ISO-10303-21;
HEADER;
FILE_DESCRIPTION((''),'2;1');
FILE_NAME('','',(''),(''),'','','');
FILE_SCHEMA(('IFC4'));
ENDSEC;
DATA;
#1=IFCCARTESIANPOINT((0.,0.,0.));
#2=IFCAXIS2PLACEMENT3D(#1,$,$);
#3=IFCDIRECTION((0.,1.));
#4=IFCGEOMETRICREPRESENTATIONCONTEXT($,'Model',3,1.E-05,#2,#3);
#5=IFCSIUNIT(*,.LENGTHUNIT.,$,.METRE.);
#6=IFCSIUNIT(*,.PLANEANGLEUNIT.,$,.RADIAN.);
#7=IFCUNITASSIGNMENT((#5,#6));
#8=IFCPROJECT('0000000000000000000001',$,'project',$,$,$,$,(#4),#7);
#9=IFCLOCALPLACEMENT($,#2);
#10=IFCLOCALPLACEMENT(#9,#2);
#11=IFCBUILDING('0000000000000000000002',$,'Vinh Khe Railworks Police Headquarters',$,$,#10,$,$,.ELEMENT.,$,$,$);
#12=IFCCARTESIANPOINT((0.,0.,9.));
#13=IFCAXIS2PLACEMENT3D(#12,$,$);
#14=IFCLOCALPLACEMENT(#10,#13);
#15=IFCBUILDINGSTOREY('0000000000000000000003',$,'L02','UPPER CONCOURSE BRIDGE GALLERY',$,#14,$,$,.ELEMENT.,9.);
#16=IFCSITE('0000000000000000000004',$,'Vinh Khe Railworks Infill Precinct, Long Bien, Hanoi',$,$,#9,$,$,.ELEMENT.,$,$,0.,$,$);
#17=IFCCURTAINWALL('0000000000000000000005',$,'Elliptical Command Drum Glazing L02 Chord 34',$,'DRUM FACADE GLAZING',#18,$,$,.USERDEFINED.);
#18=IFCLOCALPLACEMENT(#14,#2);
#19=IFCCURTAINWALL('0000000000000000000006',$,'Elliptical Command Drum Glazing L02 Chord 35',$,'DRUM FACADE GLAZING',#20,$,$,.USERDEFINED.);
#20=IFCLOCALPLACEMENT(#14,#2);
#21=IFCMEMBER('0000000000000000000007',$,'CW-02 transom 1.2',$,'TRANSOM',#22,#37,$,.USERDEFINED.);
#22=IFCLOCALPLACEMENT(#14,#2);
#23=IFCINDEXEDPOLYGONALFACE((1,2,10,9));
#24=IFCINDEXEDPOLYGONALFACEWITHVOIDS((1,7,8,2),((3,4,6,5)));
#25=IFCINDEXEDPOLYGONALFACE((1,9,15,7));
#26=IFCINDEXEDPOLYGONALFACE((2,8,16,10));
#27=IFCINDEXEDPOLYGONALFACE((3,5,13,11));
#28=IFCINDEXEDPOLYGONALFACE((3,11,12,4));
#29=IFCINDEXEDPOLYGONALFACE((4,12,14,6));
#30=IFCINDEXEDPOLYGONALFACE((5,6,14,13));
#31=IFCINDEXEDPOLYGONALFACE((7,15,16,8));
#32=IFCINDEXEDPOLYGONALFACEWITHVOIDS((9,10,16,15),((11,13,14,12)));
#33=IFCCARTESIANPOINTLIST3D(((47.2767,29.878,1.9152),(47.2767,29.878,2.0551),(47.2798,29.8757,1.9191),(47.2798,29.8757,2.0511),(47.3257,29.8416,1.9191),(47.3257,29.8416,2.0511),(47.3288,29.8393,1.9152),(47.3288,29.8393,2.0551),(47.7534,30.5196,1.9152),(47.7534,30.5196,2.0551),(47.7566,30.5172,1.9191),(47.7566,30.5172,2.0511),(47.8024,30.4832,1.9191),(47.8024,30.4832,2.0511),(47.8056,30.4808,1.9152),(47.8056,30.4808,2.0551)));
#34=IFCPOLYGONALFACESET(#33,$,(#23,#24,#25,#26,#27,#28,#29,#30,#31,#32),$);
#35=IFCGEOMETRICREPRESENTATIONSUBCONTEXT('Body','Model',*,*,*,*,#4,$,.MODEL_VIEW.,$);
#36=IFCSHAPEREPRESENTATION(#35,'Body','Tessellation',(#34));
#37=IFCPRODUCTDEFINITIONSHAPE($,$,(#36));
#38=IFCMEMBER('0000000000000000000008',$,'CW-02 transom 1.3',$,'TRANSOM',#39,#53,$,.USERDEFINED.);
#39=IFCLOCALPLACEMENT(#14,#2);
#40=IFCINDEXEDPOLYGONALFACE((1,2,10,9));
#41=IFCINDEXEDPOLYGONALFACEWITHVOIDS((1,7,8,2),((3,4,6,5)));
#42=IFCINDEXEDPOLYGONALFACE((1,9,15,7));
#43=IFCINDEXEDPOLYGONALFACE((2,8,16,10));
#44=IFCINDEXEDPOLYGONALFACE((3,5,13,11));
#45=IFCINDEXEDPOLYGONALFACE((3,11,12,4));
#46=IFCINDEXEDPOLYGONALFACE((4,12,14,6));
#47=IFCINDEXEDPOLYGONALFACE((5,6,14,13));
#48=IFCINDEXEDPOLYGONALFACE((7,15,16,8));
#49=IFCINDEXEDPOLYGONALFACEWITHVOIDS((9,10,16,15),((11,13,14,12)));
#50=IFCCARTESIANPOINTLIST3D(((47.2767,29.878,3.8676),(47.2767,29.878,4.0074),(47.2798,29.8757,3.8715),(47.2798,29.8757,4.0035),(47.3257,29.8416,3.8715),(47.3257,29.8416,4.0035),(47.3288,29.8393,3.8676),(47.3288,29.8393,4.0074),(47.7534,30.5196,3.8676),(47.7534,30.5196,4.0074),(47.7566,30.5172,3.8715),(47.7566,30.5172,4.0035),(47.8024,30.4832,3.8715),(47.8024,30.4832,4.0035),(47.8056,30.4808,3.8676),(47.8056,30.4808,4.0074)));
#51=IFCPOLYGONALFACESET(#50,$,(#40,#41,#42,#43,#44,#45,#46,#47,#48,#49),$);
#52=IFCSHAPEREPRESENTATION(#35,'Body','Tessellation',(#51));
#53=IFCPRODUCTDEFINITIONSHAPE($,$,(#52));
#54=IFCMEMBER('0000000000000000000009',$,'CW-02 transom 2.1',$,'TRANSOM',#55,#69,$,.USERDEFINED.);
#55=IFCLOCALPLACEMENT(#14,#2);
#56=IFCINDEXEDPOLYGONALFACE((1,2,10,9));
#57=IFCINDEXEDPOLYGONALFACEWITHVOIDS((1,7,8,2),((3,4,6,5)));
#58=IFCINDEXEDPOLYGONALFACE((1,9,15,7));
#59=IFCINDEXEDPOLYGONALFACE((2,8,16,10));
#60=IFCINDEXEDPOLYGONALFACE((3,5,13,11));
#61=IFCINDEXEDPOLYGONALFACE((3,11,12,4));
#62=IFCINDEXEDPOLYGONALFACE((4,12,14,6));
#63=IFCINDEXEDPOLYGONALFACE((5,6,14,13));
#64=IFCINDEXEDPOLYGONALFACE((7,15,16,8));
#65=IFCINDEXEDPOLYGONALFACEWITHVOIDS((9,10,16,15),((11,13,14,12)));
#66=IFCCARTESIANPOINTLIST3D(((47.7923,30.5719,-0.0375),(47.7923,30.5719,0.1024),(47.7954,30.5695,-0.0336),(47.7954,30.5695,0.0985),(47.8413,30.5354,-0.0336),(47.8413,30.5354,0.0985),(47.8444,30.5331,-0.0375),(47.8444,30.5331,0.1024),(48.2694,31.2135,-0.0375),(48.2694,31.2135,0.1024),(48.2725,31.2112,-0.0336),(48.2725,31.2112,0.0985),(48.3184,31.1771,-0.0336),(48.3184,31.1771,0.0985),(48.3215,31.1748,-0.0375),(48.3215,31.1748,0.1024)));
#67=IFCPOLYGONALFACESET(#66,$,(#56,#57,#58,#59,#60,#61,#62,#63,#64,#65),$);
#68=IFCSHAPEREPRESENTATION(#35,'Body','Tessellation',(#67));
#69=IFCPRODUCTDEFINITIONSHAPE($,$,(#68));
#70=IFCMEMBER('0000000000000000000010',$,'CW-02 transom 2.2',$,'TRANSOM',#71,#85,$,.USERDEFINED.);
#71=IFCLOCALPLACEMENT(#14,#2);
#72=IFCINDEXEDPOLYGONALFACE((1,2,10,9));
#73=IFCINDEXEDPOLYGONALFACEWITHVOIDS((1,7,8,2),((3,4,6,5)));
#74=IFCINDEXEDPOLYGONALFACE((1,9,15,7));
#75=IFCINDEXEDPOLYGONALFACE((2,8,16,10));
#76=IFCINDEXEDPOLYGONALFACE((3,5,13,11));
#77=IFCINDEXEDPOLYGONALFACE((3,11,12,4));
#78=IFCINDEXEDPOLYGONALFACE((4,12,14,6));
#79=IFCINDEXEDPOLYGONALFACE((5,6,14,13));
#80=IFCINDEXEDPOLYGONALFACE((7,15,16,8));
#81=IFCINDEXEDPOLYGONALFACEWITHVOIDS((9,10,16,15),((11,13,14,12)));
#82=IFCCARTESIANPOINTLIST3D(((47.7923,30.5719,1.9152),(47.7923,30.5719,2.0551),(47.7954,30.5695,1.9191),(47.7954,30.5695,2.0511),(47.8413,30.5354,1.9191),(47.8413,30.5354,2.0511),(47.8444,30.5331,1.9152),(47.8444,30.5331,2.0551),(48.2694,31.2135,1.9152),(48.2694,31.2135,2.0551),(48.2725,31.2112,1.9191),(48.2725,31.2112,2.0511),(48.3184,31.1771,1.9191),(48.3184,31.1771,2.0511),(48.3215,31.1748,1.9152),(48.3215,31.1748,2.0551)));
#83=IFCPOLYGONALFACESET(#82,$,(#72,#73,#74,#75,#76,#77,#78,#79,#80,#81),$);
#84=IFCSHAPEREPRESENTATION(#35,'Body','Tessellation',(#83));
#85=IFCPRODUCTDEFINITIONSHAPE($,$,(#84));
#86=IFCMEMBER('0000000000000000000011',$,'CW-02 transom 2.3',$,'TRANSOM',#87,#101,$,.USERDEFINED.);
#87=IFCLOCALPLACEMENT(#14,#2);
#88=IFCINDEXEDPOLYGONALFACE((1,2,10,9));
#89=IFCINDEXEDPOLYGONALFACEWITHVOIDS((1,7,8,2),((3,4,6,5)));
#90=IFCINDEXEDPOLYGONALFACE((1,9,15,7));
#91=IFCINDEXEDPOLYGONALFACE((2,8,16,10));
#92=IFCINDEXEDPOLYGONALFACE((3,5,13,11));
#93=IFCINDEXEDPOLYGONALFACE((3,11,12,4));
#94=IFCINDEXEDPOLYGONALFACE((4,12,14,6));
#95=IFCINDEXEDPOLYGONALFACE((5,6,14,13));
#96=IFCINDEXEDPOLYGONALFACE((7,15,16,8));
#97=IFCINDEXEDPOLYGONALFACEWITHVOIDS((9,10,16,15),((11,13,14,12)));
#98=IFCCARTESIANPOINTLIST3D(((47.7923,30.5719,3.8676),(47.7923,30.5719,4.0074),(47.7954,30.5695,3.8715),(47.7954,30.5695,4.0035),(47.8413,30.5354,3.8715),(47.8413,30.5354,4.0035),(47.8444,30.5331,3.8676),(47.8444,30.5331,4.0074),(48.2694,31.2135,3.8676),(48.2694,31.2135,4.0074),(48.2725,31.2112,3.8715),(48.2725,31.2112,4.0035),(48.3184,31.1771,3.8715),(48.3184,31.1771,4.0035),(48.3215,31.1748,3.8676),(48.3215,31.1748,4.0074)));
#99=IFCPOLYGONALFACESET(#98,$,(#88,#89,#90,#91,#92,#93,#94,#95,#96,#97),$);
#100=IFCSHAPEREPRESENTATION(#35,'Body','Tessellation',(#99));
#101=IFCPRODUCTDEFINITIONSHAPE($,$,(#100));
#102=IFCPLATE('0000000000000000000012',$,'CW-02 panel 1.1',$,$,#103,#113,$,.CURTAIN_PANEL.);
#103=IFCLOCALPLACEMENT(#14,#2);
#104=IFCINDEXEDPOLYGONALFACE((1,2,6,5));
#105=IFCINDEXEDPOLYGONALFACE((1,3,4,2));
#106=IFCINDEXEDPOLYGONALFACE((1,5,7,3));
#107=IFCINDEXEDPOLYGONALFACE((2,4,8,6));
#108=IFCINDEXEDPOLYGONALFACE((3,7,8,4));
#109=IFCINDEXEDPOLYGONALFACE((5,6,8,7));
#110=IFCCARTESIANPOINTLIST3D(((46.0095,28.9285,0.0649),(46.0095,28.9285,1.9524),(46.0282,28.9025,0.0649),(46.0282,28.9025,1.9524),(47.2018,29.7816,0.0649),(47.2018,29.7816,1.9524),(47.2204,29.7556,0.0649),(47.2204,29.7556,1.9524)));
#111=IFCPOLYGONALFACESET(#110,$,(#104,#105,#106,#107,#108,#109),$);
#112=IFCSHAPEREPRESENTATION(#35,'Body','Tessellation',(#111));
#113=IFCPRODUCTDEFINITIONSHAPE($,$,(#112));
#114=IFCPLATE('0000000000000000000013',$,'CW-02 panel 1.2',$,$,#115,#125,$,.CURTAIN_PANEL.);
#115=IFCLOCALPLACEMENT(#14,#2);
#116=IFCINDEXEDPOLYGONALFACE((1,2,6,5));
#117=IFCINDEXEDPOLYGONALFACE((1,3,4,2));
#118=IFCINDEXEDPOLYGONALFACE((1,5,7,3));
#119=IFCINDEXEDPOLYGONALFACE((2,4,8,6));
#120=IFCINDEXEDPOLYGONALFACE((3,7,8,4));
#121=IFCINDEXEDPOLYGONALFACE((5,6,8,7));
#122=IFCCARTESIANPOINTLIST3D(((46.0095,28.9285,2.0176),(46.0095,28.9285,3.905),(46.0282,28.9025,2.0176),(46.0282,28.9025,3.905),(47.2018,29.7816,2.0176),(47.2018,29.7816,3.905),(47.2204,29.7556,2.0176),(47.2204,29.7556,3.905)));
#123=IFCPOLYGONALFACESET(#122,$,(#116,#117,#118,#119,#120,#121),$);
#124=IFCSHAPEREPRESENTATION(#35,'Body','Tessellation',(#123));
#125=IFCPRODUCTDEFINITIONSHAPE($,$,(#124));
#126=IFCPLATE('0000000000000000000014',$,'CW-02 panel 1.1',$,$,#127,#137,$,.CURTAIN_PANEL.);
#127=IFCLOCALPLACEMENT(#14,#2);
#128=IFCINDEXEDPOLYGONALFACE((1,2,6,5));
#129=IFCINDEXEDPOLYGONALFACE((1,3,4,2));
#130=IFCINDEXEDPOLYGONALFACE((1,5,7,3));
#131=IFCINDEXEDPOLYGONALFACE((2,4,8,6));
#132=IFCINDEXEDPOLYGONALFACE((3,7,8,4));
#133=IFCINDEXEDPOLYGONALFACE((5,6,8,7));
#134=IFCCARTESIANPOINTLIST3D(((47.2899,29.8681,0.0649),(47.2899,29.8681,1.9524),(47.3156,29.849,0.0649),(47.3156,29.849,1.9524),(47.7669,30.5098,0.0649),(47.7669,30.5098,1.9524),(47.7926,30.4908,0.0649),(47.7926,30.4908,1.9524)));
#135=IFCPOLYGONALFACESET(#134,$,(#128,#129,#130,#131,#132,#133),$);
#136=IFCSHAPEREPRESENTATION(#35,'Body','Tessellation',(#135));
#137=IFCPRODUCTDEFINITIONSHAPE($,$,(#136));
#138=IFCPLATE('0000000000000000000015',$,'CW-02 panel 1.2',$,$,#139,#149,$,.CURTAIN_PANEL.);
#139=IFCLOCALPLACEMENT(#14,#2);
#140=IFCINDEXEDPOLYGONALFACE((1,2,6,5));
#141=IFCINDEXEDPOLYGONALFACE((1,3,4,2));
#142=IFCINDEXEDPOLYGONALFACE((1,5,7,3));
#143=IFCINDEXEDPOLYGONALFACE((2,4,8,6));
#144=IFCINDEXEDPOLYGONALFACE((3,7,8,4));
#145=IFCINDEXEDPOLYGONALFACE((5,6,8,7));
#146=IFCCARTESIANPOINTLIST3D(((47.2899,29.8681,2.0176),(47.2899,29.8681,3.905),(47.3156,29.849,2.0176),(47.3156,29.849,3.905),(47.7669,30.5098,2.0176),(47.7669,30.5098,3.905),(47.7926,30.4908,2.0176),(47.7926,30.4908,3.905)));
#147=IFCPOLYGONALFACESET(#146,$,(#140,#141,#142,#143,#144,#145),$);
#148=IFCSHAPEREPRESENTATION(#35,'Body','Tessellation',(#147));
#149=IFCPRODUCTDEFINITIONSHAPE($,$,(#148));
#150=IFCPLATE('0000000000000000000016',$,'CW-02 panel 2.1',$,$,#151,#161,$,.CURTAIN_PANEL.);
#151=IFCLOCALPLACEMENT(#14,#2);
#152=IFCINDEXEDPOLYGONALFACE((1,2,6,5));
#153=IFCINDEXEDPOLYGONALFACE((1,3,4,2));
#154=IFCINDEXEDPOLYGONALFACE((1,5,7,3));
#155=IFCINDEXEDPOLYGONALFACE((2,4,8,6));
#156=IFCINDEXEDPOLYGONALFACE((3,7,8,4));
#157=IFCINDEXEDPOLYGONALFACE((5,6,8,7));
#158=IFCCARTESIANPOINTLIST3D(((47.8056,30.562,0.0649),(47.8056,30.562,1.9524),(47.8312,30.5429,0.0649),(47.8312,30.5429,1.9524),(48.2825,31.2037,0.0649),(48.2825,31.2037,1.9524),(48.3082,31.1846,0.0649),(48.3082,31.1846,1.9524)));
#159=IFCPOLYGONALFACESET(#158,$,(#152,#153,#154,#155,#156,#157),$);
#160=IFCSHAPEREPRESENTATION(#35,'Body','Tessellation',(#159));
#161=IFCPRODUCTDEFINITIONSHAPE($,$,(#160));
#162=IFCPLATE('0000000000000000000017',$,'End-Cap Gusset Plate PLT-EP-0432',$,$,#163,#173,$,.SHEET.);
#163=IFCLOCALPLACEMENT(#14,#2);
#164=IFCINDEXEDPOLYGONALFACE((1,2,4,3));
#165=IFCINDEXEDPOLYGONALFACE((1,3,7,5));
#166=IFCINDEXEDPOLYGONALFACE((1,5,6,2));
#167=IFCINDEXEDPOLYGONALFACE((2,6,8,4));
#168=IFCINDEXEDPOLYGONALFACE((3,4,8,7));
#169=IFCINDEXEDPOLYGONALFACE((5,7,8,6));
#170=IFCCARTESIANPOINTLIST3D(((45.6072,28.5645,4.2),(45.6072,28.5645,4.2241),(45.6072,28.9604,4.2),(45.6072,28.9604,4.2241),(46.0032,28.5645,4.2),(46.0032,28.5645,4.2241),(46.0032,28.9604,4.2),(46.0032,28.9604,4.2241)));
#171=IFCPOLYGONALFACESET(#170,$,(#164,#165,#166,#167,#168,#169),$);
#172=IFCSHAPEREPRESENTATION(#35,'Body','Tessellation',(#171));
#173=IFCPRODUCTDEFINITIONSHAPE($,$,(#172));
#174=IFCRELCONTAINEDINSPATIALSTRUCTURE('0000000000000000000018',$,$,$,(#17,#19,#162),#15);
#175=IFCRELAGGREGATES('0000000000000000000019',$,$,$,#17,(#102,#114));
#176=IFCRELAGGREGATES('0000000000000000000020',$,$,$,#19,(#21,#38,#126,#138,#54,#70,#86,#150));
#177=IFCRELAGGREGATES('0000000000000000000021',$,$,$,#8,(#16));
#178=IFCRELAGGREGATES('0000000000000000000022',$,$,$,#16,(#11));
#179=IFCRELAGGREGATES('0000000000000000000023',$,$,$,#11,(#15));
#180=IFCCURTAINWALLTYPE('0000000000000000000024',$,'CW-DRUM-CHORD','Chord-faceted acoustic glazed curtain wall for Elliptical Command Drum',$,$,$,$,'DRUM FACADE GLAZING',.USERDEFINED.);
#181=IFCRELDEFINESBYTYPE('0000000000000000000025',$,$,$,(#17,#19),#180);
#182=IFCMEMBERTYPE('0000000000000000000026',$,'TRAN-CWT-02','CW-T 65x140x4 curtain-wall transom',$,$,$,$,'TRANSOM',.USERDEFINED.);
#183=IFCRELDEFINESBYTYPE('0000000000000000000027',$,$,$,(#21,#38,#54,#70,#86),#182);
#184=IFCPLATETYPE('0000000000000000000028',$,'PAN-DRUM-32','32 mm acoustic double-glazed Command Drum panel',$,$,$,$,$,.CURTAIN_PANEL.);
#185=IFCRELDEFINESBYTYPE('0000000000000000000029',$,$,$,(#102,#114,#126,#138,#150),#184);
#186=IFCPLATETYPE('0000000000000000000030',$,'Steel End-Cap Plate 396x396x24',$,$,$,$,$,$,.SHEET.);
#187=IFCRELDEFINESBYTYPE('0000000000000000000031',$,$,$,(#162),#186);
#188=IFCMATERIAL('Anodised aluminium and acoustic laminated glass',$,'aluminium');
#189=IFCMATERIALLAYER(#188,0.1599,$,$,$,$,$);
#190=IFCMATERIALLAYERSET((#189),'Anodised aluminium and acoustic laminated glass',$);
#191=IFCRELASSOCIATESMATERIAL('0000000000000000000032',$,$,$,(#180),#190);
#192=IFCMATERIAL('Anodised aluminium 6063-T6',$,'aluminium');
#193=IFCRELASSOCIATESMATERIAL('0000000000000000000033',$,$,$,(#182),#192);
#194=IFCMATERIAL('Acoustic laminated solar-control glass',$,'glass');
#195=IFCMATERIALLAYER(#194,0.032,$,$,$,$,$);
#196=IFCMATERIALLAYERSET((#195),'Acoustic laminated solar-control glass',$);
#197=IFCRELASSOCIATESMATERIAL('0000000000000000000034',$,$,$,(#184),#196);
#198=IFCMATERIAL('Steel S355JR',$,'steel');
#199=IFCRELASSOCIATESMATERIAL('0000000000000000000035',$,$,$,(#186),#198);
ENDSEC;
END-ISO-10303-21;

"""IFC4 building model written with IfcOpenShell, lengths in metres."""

from ifc_helpers import new_model, si_unit, direction, frame, origin, origin_2d, place, context, subcontext, project, spatial, rectangle, hollow_rectangle, extrude, material, layer, layer_set, material_profile, profile_set, type_object, element, aggregate, save


model = new_model("IFC4")

# Units and contexts
model_context = context("Model", 3, precision=1e-05, world=origin(), true_north=direction((0.0, 1.0)))
body_context = subcontext(model_context, "Body", "Model", "MODEL_VIEW")
ifc_project = project(units=[si_unit("LENGTHUNIT", "METRE"), si_unit("PLANEANGLEUNIT", "RADIAN")], contexts=[model_context])

# Site, building, storey
site_placement = place(None, origin())
site = spatial("IfcSite", under=ifc_project, at=site_placement, Name="Vinh Khe Railworks Infill Precinct, Long Bien, Hanoi", CompositionType="ELEMENT", RefElevation=0.0)
building_placement = place(site_placement, origin())
building = spatial("IfcBuilding", under=site, at=building_placement, Name="Vinh Khe Railworks Police Headquarters", CompositionType="ELEMENT")
storey_placement = place(building_placement, frame((0.0, 0.0, 9.0)))
storey = spatial("IfcBuildingStorey", under=building, at=storey_placement, Name="L02", Description="UPPER CONCOURSE BRIDGE GALLERY", CompositionType="ELEMENT", Elevation=9.0)

# Curtain walls
ifc_material_1 = material(Name="Anodised aluminium and acoustic laminated glass", Category="aluminium")
ifc_layer_1 = layer(ifc_material_1, 0.1599)
ifc_layer_set_1 = layer_set([ifc_layer_1], Name="Anodised aluminium and acoustic laminated glass")
curtain_wall_type = type_object("IfcCurtainWallType", Name="CW-DRUM-CHORD", Description="Chord-faceted acoustic glazed curtain wall for Elliptical Command Drum", ElementType="DRUM FACADE GLAZING", PredefinedType="USERDEFINED", material=ifc_layer_set_1)
curtain_wall_1_placement = place(storey_placement, origin())
curtain_wall_1 = element("IfcCurtainWall", 1, at=curtain_wall_1_placement, inside=storey, type_object=curtain_wall_type, Name="Elliptical Command Drum Glazing L02 Chord 34", ObjectType="DRUM FACADE GLAZING", PredefinedType="USERDEFINED")
ifc_material_2 = material(Name="Anodised aluminium 6063-T6", Category="aluminium")
curtain_wall_2_placement = place(storey_placement, origin())
curtain_wall_2 = element("IfcCurtainWall", 2, at=curtain_wall_2_placement, inside=storey, type_object=curtain_wall_type, Name="Elliptical Command Drum Glazing L02 Chord 35", ObjectType="DRUM FACADE GLAZING", PredefinedType="USERDEFINED")

# Shared definitions
ifc_material_3 = material(Name="Steel S355JR", Category="steel")

# Members
ifc_material_profile_1 = material_profile(ifc_material_2, hollow_rectangle(XDim=0.0649, YDim=0.1399, WallThickness=0.0039, at=origin_2d()), Name="CW-T 65x140x4")
ifc_profile_set_1 = profile_set([ifc_material_profile_1], Name="Anodised aluminium 6063-T6")
member_type_1 = type_object("IfcMemberType", Name="TRAN-CWT-02", Description="CW-T 65x140x4 curtain-wall transom", ElementType="TRANSOM", PredefinedType="USERDEFINED", material=ifc_profile_set_1)
member_1_placement = place(storey_placement, frame((47.3027, 29.8586, 1.9851), z_axis=(0.596476, 0.802631, 0.0), x_axis=(-0.802631, 0.596476, 0.0)))
member_1 = element("IfcMember", 3, at=member_1_placement, type_object=member_type_1, Name="CW-02 transom 1.2", ObjectType="TRANSOM", PredefinedType="USERDEFINED", context=body_context, shape_type="SweptSolid", body=[
    extrude(hollow_rectangle(XDim=0.0649, YDim=0.1399, WallThickness=0.0039, at=origin_2d()), origin(), (0.0, 0.0, 1.0), 0.7993),
])
member_2_placement = place(storey_placement, frame((47.3027, 29.8586, 3.9375), z_axis=(0.596476, 0.802631, 0.0), x_axis=(-0.802631, 0.596476, 0.0)))
member_2 = element("IfcMember", 4, at=member_2_placement, type_object=member_type_1, Name="CW-02 transom 1.3", ObjectType="TRANSOM", PredefinedType="USERDEFINED", context=body_context, shape_type="SweptSolid", body=[
    extrude(hollow_rectangle(XDim=0.0649, YDim=0.1399, WallThickness=0.0039, at=origin_2d()), origin(), (0.0, 0.0, 1.0), 0.7993),
])
member_3_placement = place(storey_placement, frame((47.8184, 30.5525, 0.0325), z_axis=(0.596673, 0.802485, 0.0), x_axis=(-0.802485, 0.596673, 0.0)))
member_3 = element("IfcMember", 5, at=member_3_placement, type_object=member_type_1, Name="CW-02 transom 2.1", ObjectType="TRANSOM", PredefinedType="USERDEFINED", context=body_context, shape_type="SweptSolid", body=[
    extrude(hollow_rectangle(XDim=0.0649, YDim=0.1399, WallThickness=0.0039, at=origin_2d()), origin(), (0.0, 0.0, 1.0), 0.7996),
])
member_4_placement = place(storey_placement, frame((47.8184, 30.5525, 1.9851), z_axis=(0.596673, 0.802485, 0.0), x_axis=(-0.802485, 0.596673, 0.0)))
member_4 = element("IfcMember", 6, at=member_4_placement, type_object=member_type_1, Name="CW-02 transom 2.2", ObjectType="TRANSOM", PredefinedType="USERDEFINED", context=body_context, shape_type="SweptSolid", body=[
    extrude(hollow_rectangle(XDim=0.0649, YDim=0.1399, WallThickness=0.0039, at=origin_2d()), origin(), (0.0, 0.0, 1.0), 0.7996),
])
member_5_placement = place(storey_placement, frame((47.8184, 30.5525, 3.9375), z_axis=(0.596673, 0.802485, 0.0), x_axis=(-0.802485, 0.596673, 0.0)))
member_5 = element("IfcMember", 7, at=member_5_placement, type_object=member_type_1, Name="CW-02 transom 2.3", ObjectType="TRANSOM", PredefinedType="USERDEFINED", context=body_context, shape_type="SweptSolid", body=[
    extrude(hollow_rectangle(XDim=0.0649, YDim=0.1399, WallThickness=0.0039, at=origin_2d()), origin(), (0.0, 0.0, 1.0), 0.7996),
])

# Plates
ifc_material_4 = material(Name="Acoustic laminated solar-control glass", Category="glass")
ifc_layer_2 = layer(ifc_material_4, 0.032)
ifc_layer_set_2 = layer_set([ifc_layer_2], Name="Acoustic laminated solar-control glass")
plate_type_1 = type_object("IfcPlateType", Name="PAN-DRUM-32", Description="32 mm acoustic double-glazed Command Drum panel", PredefinedType="CURTAIN_PANEL", material=ifc_layer_set_2)
plate_1_placement = place(storey_placement, frame((46.615, 29.342, 0.0649), z_axis=(0.0, 0.0, 1.0), x_axis=(0.813249, 0.581915, 0.0)))
plate_1 = element("IfcPlate", 8, at=plate_1_placement, type_object=plate_type_1, Name="CW-02 panel 1.1", PredefinedType="CURTAIN_PANEL", context=body_context, shape_type="SweptSolid", body=[
    extrude(rectangle(XDim=1.4661, YDim=0.032, at=origin_2d()), origin(), (0.0, 0.0, 1.0), 1.8875),
])
plate_2_placement = place(storey_placement, frame((46.615, 29.342, 2.0176), z_axis=(0.0, 0.0, 1.0), x_axis=(0.813249, 0.581915, 0.0)))
plate_2 = element("IfcPlate", 9, at=plate_2_placement, type_object=plate_type_1, Name="CW-02 panel 1.2", PredefinedType="CURTAIN_PANEL", context=body_context, shape_type="SweptSolid", body=[
    extrude(rectangle(XDim=1.4661, YDim=0.032, at=origin_2d()), origin(), (0.0, 0.0, 1.0), 1.8875),
])
aggregate(curtain_wall_1, [plate_1, plate_2])
plate_3_placement = place(storey_placement, frame((47.5413, 30.1794, 0.0649), z_axis=(0.0, 0.0, 1.0), x_axis=(0.596528, 0.802592, 0.0)))
plate_3 = element("IfcPlate", 10, at=plate_3_placement, type_object=plate_type_1, Name="CW-02 panel 1.1", PredefinedType="CURTAIN_PANEL", context=body_context, shape_type="SweptSolid", body=[
    extrude(rectangle(XDim=0.7996, YDim=0.032, at=origin_2d()), origin(), (0.0, 0.0, 1.0), 1.8875),
])
plate_4_placement = place(storey_placement, frame((47.5413, 30.1794, 2.0176), z_axis=(0.0, 0.0, 1.0), x_axis=(0.596528, 0.802592, 0.0)))
plate_4 = element("IfcPlate", 11, at=plate_4_placement, type_object=plate_type_1, Name="CW-02 panel 1.2", PredefinedType="CURTAIN_PANEL", context=body_context, shape_type="SweptSolid", body=[
    extrude(rectangle(XDim=0.7996, YDim=0.032, at=origin_2d()), origin(), (0.0, 0.0, 1.0), 1.8875),
])
plate_5_placement = place(storey_placement, frame((48.0569, 30.8733, 0.0649), z_axis=(0.0, 0.0, 1.0), x_axis=(0.596528, 0.802592, 0.0)))
plate_5 = element("IfcPlate", 12, at=plate_5_placement, type_object=plate_type_1, Name="CW-02 panel 2.1", PredefinedType="CURTAIN_PANEL", context=body_context, shape_type="SweptSolid", body=[
    extrude(rectangle(XDim=0.7996, YDim=0.032, at=origin_2d()), origin(), (0.0, 0.0, 1.0), 1.8875),
])
aggregate(curtain_wall_2, [member_1, member_2, plate_3, plate_4, member_3, member_4, member_5, plate_5])
ifc_material_profile_2 = material_profile(ifc_material_3, rectangle(XDim=0.396, YDim=0.396, at=origin_2d()), Name="PL 396x396")
ifc_profile_set_2 = profile_set([ifc_material_profile_2], Name="Steel S355JR")
plate_type_2 = type_object("IfcPlateType", Name="Steel End-Cap Plate 396x396x24", PredefinedType="SHEET", material=ifc_profile_set_2)
plate_6_placement = place(storey_placement, frame((45.8052, 28.7625, 4.2), z_axis=(0.0, 0.0, 1.0), x_axis=(1.0, 0.0, 0.0)))
element("IfcPlate", 13, at=plate_6_placement, inside=storey, type_object=plate_type_2, Name="End-Cap Gusset Plate PLT-EP-0432", PredefinedType="SHEET", context=body_context, shape_type="SweptSolid", body=[
    extrude(rectangle(XDim=0.396, YDim=0.396, at=origin_2d()), origin(), (0.0, 0.0, 1.0), 0.0242),
])

save(model, "model.ifc")
